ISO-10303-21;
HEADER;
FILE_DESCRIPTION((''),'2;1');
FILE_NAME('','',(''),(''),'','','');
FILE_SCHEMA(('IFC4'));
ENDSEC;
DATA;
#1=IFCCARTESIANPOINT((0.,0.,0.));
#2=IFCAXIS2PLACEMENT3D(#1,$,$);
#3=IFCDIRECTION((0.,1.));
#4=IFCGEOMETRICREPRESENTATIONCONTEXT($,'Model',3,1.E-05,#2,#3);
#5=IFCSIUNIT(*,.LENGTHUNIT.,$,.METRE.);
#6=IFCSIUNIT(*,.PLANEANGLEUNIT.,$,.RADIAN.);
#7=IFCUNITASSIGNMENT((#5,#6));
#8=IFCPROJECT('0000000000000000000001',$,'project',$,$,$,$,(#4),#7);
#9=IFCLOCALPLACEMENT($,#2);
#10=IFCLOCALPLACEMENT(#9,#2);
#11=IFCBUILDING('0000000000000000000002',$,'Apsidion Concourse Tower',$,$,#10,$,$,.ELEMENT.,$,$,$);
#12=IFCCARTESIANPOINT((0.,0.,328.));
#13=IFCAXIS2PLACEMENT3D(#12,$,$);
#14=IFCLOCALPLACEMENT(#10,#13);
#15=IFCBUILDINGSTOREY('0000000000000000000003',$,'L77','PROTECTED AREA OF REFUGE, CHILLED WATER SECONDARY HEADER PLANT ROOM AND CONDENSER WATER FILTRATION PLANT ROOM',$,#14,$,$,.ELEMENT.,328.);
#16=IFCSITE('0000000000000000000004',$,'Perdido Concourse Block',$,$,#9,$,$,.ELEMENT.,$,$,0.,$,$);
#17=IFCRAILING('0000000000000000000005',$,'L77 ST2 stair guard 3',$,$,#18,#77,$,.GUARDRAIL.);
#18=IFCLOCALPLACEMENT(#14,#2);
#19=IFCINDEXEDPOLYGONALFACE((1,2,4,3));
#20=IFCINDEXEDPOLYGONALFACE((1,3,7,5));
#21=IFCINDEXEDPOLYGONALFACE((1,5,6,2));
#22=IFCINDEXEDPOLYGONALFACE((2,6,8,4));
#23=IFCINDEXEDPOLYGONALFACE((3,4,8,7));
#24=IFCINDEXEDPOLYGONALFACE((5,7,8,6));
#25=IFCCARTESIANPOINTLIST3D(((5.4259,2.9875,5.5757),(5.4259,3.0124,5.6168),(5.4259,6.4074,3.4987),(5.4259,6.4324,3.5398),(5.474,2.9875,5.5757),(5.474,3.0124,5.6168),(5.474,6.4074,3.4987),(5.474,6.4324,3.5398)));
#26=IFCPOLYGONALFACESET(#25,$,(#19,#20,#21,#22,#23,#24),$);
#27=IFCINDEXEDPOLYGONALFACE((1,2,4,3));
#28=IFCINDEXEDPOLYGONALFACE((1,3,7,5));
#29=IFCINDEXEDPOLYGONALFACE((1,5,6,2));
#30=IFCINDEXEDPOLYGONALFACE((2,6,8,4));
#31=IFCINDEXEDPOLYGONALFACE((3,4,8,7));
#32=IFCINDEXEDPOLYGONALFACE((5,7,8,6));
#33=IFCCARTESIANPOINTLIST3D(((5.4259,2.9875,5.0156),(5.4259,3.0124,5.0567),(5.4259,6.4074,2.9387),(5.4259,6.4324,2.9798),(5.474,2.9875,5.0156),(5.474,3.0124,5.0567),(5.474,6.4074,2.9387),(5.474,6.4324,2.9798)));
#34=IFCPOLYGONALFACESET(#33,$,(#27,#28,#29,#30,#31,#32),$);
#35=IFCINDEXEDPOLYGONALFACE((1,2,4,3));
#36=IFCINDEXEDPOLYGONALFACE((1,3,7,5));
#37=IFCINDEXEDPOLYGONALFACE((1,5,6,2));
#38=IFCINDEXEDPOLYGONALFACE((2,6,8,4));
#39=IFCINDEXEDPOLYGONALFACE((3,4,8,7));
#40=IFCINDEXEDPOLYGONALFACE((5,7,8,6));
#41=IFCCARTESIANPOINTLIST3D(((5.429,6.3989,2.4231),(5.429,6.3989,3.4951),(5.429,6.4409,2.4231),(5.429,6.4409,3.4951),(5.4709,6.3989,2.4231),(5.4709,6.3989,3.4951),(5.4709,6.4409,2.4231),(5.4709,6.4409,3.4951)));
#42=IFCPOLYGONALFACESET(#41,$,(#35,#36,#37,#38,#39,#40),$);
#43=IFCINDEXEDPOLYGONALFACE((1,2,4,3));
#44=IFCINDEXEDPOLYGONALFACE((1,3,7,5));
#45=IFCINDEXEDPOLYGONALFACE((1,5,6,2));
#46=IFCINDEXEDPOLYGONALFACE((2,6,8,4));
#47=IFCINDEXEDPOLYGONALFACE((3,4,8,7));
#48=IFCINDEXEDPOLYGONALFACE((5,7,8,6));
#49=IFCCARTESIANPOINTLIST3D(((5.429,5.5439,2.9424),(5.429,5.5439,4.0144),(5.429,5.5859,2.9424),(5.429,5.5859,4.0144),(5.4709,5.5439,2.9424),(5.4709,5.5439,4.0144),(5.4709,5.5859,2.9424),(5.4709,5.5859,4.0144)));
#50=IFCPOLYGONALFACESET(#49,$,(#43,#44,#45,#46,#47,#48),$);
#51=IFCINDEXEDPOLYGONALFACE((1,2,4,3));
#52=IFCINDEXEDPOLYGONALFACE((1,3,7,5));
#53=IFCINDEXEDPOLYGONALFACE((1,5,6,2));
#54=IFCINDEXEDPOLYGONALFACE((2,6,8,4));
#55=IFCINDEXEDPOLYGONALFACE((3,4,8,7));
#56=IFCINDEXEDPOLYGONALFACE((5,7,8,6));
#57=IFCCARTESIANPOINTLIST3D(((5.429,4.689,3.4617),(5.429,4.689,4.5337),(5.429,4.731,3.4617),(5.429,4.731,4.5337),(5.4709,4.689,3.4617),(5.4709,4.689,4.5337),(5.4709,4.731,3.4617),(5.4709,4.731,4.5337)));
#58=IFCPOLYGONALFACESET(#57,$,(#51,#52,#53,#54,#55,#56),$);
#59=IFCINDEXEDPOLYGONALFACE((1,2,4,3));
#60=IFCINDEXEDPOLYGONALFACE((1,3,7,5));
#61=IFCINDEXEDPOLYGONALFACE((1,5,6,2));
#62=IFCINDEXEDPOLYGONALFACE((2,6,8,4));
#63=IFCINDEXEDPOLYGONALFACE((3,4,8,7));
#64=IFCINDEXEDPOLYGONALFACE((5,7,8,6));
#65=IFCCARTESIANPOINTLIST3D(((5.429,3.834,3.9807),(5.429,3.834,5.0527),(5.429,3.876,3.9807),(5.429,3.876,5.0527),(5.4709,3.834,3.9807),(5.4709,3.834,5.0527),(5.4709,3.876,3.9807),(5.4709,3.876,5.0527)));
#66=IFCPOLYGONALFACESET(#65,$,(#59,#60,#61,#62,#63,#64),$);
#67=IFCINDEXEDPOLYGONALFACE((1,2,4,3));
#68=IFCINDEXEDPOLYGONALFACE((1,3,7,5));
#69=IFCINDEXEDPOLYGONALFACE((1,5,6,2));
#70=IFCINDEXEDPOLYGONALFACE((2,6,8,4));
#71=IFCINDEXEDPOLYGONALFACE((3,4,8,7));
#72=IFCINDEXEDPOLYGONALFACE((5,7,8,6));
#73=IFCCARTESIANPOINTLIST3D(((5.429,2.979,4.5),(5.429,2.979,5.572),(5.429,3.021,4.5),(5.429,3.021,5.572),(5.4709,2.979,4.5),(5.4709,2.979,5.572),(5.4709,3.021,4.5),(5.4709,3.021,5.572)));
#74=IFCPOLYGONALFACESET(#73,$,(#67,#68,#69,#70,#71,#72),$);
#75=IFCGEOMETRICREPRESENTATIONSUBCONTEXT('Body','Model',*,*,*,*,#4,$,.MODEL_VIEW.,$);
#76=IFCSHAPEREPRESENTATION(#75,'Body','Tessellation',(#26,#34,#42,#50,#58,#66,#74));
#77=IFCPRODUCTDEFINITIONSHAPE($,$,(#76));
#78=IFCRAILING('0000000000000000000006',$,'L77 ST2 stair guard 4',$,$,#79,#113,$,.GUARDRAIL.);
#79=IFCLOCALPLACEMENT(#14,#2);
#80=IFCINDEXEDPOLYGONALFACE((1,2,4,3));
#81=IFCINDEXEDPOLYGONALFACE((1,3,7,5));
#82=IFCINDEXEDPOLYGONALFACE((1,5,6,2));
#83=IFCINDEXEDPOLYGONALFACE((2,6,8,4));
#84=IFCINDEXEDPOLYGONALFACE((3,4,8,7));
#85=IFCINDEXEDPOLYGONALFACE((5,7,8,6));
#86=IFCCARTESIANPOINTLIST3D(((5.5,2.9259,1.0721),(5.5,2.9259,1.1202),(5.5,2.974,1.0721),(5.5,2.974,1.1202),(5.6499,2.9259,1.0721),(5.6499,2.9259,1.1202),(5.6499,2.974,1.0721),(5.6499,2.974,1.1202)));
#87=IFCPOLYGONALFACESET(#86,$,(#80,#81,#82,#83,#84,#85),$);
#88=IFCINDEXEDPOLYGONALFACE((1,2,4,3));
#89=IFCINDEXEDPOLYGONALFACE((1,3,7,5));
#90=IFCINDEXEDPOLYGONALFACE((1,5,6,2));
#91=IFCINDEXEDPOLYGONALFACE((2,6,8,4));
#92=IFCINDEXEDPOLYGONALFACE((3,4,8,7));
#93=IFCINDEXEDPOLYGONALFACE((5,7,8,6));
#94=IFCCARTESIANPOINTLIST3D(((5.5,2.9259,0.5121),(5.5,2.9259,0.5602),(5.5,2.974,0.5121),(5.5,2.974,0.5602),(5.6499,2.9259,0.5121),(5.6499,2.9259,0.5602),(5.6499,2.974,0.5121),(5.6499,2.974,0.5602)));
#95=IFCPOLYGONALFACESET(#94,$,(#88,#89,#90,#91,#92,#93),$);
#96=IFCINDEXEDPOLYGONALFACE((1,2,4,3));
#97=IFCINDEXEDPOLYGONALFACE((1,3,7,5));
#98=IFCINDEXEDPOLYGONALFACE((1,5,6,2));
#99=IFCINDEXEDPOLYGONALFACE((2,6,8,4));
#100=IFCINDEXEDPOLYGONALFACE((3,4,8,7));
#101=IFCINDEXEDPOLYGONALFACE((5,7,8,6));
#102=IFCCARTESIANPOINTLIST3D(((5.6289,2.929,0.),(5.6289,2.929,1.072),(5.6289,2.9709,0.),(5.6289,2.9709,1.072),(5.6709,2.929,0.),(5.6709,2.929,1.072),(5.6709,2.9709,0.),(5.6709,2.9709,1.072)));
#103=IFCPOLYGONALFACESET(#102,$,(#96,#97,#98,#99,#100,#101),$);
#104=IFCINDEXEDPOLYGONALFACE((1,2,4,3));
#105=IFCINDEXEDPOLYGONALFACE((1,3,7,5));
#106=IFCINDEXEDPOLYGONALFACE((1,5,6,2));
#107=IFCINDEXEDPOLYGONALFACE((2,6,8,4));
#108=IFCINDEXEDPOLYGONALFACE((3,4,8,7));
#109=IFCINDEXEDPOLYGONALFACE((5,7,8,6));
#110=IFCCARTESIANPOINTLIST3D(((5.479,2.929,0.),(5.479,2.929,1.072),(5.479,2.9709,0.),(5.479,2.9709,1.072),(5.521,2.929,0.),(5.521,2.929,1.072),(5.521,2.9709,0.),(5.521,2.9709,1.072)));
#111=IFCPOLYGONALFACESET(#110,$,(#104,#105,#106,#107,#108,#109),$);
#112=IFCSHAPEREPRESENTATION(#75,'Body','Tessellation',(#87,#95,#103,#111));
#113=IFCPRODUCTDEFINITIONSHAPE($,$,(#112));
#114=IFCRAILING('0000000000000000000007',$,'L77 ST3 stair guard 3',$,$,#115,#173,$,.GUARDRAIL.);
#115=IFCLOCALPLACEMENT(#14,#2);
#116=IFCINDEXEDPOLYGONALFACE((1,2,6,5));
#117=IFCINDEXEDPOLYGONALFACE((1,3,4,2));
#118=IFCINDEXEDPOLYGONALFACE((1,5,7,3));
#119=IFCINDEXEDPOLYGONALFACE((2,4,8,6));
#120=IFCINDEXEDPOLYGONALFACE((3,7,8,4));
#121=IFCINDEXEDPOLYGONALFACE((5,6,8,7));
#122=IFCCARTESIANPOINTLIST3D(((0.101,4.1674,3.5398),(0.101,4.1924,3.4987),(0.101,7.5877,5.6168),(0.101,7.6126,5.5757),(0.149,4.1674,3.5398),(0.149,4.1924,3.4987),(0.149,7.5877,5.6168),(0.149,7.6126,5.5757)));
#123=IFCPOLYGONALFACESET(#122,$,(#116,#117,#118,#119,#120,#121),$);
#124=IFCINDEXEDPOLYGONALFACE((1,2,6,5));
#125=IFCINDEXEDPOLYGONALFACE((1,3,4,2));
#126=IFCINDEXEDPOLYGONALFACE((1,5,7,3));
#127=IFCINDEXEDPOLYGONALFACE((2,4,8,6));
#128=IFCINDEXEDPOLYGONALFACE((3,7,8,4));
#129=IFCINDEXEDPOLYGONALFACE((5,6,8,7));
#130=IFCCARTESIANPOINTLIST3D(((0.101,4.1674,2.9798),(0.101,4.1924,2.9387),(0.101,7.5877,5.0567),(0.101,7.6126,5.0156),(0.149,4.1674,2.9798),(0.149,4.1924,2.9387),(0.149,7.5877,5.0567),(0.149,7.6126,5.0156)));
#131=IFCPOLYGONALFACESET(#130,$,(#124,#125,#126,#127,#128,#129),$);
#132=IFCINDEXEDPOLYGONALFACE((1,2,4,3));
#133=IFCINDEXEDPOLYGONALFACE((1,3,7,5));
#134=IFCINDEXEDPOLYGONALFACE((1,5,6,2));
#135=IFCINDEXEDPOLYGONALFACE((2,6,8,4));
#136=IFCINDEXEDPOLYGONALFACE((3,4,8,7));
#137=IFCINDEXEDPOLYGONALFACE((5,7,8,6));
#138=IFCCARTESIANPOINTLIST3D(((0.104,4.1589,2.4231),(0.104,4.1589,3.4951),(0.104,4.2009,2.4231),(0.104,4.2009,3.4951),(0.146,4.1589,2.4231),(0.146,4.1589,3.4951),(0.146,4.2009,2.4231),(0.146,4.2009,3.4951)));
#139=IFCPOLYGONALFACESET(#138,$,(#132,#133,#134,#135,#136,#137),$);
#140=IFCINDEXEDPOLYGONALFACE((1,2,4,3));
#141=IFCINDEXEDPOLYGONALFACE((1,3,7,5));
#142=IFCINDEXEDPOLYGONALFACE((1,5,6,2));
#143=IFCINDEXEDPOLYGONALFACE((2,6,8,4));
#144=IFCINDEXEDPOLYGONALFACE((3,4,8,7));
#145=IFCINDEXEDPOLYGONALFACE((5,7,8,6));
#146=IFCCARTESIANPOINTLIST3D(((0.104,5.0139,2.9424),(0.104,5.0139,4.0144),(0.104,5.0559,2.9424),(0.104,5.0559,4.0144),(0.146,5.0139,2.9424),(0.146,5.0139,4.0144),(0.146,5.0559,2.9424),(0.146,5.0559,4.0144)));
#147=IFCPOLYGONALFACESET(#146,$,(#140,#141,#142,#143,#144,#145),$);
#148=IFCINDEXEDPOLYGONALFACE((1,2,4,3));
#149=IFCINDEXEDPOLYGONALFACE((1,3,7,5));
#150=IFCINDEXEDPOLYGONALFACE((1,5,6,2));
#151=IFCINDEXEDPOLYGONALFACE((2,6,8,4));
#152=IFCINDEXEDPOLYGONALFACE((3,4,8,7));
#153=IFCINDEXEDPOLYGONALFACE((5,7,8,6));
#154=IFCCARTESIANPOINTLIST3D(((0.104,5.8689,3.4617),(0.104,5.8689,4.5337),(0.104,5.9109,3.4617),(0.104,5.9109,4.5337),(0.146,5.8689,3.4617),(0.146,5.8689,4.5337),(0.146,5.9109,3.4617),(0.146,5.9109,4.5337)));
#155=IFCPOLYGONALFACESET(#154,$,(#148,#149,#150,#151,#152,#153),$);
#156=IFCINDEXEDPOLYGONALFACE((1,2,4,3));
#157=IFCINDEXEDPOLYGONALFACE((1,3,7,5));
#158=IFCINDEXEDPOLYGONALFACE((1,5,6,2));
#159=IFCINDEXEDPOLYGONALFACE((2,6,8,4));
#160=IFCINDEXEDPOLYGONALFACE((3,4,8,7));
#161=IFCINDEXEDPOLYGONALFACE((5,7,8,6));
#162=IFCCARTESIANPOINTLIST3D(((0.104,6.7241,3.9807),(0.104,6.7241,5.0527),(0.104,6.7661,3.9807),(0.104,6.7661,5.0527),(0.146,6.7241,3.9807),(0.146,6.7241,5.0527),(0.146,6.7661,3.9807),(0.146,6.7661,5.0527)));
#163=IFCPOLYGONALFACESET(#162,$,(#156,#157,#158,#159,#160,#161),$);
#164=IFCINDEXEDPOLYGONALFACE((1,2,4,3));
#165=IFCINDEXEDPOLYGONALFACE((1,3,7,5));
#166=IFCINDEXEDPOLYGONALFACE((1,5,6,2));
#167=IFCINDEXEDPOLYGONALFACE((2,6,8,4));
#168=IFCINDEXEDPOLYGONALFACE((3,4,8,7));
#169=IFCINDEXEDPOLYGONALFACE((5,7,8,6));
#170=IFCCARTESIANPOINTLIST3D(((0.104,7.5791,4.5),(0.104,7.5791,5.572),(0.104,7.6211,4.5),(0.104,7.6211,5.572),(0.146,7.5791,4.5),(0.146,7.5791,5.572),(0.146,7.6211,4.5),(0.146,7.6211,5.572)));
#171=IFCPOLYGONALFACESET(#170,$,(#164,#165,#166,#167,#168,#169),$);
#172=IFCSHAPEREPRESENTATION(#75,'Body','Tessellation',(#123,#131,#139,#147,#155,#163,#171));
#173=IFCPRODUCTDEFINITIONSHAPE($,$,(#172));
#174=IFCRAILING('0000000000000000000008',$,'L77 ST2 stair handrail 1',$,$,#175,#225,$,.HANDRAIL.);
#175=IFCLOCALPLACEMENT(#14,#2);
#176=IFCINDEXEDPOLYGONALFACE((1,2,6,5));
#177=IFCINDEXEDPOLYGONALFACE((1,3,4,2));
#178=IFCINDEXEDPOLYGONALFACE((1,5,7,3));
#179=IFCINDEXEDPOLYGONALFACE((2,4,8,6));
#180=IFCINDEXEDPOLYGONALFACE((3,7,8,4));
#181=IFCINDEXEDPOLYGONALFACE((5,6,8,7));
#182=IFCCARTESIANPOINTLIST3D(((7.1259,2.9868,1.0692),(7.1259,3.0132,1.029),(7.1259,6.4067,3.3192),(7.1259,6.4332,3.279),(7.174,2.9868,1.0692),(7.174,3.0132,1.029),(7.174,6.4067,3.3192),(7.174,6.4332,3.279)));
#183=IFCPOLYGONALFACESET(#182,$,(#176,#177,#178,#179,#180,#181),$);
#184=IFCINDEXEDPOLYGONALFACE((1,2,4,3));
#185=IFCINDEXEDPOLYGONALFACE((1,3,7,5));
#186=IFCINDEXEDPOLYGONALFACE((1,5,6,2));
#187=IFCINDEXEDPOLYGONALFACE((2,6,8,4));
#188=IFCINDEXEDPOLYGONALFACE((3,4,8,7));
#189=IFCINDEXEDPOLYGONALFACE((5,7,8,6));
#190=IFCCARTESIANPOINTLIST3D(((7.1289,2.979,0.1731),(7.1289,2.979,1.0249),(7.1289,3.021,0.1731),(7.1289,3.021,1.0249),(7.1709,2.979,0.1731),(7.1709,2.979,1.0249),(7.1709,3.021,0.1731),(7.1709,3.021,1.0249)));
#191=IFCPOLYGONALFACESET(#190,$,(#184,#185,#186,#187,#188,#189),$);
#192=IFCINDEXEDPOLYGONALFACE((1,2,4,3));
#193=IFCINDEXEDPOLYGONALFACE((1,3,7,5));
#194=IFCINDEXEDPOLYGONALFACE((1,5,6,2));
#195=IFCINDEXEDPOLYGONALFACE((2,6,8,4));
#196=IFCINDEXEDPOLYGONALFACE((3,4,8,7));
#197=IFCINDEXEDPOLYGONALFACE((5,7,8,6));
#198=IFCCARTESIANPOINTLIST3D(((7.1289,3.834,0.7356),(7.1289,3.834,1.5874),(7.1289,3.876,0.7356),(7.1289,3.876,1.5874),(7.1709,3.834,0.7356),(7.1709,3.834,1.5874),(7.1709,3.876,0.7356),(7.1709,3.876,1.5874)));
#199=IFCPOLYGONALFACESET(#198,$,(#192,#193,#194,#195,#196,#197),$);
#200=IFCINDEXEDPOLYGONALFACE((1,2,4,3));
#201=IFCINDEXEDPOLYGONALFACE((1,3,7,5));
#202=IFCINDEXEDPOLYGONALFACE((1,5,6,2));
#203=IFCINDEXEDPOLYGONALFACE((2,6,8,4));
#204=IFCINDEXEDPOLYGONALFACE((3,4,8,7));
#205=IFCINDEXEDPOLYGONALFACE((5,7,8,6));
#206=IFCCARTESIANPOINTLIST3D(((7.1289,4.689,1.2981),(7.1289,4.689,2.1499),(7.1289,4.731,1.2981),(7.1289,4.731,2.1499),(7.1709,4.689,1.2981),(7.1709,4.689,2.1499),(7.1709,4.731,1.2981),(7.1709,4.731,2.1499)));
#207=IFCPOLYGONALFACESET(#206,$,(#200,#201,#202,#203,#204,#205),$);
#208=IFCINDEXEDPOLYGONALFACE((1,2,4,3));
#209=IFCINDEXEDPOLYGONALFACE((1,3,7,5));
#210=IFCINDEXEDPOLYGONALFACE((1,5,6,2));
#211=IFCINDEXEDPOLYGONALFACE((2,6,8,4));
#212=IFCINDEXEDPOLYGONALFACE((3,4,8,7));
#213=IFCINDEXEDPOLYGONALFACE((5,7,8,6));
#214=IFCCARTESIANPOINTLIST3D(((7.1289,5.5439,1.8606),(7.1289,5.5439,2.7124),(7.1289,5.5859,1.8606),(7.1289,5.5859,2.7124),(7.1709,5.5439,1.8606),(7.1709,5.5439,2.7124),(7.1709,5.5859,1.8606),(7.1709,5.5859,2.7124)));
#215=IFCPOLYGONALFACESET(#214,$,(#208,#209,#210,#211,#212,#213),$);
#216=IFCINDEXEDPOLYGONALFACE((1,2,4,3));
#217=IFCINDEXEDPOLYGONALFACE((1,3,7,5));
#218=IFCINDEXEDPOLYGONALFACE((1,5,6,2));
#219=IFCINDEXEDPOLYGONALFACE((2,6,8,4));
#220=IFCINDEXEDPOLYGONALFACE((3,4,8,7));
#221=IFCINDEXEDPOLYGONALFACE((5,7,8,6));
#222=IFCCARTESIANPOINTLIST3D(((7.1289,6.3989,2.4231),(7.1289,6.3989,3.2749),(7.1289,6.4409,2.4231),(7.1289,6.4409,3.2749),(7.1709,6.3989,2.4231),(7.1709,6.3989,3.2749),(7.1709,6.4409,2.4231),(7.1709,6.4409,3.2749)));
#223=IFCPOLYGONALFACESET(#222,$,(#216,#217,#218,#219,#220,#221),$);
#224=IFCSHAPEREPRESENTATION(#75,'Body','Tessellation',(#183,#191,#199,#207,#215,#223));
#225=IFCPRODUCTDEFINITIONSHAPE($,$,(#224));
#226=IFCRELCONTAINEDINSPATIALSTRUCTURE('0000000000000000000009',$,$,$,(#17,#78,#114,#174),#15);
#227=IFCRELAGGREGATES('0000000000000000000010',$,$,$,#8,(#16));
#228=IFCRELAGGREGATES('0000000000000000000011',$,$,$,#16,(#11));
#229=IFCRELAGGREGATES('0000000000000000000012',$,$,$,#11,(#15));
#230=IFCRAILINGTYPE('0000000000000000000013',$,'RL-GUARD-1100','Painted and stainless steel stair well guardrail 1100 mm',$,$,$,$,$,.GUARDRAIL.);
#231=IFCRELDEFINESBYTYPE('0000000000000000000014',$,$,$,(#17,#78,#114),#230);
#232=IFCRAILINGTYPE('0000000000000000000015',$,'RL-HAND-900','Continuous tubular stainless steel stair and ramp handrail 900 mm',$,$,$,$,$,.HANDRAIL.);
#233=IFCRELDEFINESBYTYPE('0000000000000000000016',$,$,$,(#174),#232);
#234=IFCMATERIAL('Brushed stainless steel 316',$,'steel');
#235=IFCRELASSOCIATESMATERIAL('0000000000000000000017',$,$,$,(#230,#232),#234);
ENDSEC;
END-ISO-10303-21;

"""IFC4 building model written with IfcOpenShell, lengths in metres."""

from ifc_helpers import new_model, si_unit, direction, frame, origin, origin_2d, place, context, subcontext, project, spatial, rectangle, extrude, material, type_object, element, save


model = new_model("IFC4")

# Units and contexts
model_context = context("Model", 3, precision=1e-05, world=origin(), true_north=direction((0.0, 1.0)))
body_context = subcontext(model_context, "Body", "Model", "MODEL_VIEW")
ifc_project = project(units=[si_unit("LENGTHUNIT", "METRE"), si_unit("PLANEANGLEUNIT", "RADIAN")], contexts=[model_context])

# Site, building, storey
site_placement = place(None, origin())
site = spatial("IfcSite", under=ifc_project, at=site_placement, Name="Perdido Concourse Block", CompositionType="ELEMENT", RefElevation=0.0)
building_placement = place(site_placement, origin())
building = spatial("IfcBuilding", under=site, at=building_placement, Name="Apsidion Concourse Tower", CompositionType="ELEMENT")
storey_placement = place(building_placement, frame((0.0, 0.0, 328.0)))
storey = spatial("IfcBuildingStorey", under=building, at=storey_placement, Name="L77", Description="PROTECTED AREA OF REFUGE, CHILLED WATER SECONDARY HEADER PLANT ROOM AND CONDENSER WATER FILTRATION PLANT ROOM", CompositionType="ELEMENT", Elevation=328.0)

# Railings
ifc_material_1 = material(Name="Brushed stainless steel 316", Category="steel")
railing_type_1 = type_object("IfcRailingType", Name="RL-GUARD-1100", Description="Painted and stainless steel stair well guardrail 1100 mm", PredefinedType="GUARDRAIL", material=ifc_material_1)
railing_1_placement = place(storey_placement, frame((5.45, 6.4199, 2.4231)))
element("IfcRailing", 1, at=railing_1_placement, inside=storey, type_object=railing_type_1, Name="L77 ST2 stair guard 3", PredefinedType="GUARDRAIL", context=body_context, shape_type="SweptSolid", body=[
    extrude(rectangle(XDim=0.0481, YDim=0.0481, at=origin_2d()), frame((0.0, 0.0, 1.0962), z_axis=(0.0, -0.85473, 0.519074), x_axis=(1.0, 0.0, 0.0)), (0.0, 0.0, 1.0), 4.0012),
    extrude(rectangle(XDim=0.0481, YDim=0.0481, at=origin_2d()), frame((0.0, 0.0, 0.5361), z_axis=(0.0, -0.85473, 0.519074), x_axis=(1.0, 0.0, 0.0)), (0.0, 0.0, 1.0), 4.0012),
    extrude(rectangle(XDim=0.042, YDim=0.042, at=origin_2d()), origin(), (0.0, 0.0, 1.0), 1.072),
    extrude(rectangle(XDim=0.042, YDim=0.042, at=origin_2d()), frame((0.0, -0.855, 0.5193)), (0.0, 0.0, 1.0), 1.072),
    extrude(rectangle(XDim=0.042, YDim=0.042, at=origin_2d()), frame((0.0, -1.71, 1.0386)), (0.0, 0.0, 1.0), 1.072),
    extrude(rectangle(XDim=0.042, YDim=0.042, at=origin_2d()), frame((0.0, -2.5649, 1.5576)), (0.0, 0.0, 1.0), 1.072),
    extrude(rectangle(XDim=0.042, YDim=0.042, at=origin_2d()), frame((0.0, -3.4199, 2.0769)), (0.0, 0.0, 1.0), 1.072),
])
railing_2_placement = place(storey_placement, frame((5.6499, 2.95, 0.0)))
element("IfcRailing", 2, at=railing_2_placement, inside=storey, type_object=railing_type_1, Name="L77 ST2 stair guard 4", PredefinedType="GUARDRAIL", context=body_context, shape_type="SweptSolid", body=[
    extrude(rectangle(XDim=0.0481, YDim=0.0481, at=origin_2d()), frame((0.0, 0.0, 1.0962), z_axis=(-1.0, 0.0, 0.0), x_axis=(0.0, -1.0, 0.0)), (0.0, 0.0, 1.0), 0.1499),
    extrude(rectangle(XDim=0.0481, YDim=0.0481, at=origin_2d()), frame((0.0, 0.0, 0.5361), z_axis=(-1.0, 0.0, 0.0), x_axis=(0.0, -1.0, 0.0)), (0.0, 0.0, 1.0), 0.1499),
    extrude(rectangle(XDim=0.042, YDim=0.042, at=origin_2d()), origin(), (0.0, 0.0, 1.0), 1.072),
    extrude(rectangle(XDim=0.042, YDim=0.042, at=origin_2d()), frame((-0.1499, 0.0, 0.0)), (0.0, 0.0, 1.0), 1.072),
])
railing_3_placement = place(storey_placement, frame((0.125, 4.1799, 2.4231)))
element("IfcRailing", 3, at=railing_3_placement, inside=storey, type_object=railing_type_1, Name="L77 ST3 stair guard 3", PredefinedType="GUARDRAIL", context=body_context, shape_type="SweptSolid", body=[
    extrude(rectangle(XDim=0.0481, YDim=0.0481, at=origin_2d()), frame((0.0, 0.0, 1.0962), z_axis=(0.0, 0.854746, 0.519047), x_axis=(-1.0, 0.0, 0.0)), (0.0, 0.0, 1.0), 4.0015),
    extrude(rectangle(XDim=0.0481, YDim=0.0481, at=origin_2d()), frame((0.0, 0.0, 0.5361), z_axis=(0.0, 0.854746, 0.519047), x_axis=(-1.0, 0.0, 0.0)), (0.0, 0.0, 1.0), 4.0015),
    extrude(rectangle(XDim=0.042, YDim=0.042, at=origin_2d()), origin(), (0.0, 0.0, 1.0), 1.072),
    extrude(rectangle(XDim=0.042, YDim=0.042, at=origin_2d()), frame((0.0, 0.855, 0.5193)), (0.0, 0.0, 1.0), 1.072),
    extrude(rectangle(XDim=0.042, YDim=0.042, at=origin_2d()), frame((0.0, 1.71, 1.0386)), (0.0, 0.0, 1.0), 1.072),
    extrude(rectangle(XDim=0.042, YDim=0.042, at=origin_2d()), frame((0.0, 2.5652, 1.5576)), (0.0, 0.0, 1.0), 1.072),
    extrude(rectangle(XDim=0.042, YDim=0.042, at=origin_2d()), frame((0.0, 3.4202, 2.0769)), (0.0, 0.0, 1.0), 1.072),
])
railing_type_2 = type_object("IfcRailingType", Name="RL-HAND-900", Description="Continuous tubular stainless steel stair and ramp handrail 900 mm", PredefinedType="HANDRAIL", material=ifc_material_1)
railing_4_placement = place(storey_placement, frame((7.1499, 3.0, 0.1731)))
element("IfcRailing", 4, at=railing_4_placement, inside=storey, type_object=railing_type_2, Name="L77 ST2 stair handrail 1", PredefinedType="HANDRAIL", context=body_context, shape_type="SweptSolid", body=[
    extrude(rectangle(XDim=0.0481, YDim=0.0481, at=origin_2d()), frame((0.0, 0.0, 0.876), z_axis=(0.0, 0.835411, 0.549625), x_axis=(-1.0, 0.0, 0.0)), (0.0, 0.0, 1.0), 4.0938),
    extrude(rectangle(XDim=0.042, YDim=0.042, at=origin_2d()), origin(), (0.0, 0.0, 1.0), 0.8518),
    extrude(rectangle(XDim=0.042, YDim=0.042, at=origin_2d()), frame((0.0, 0.855, 0.5625)), (0.0, 0.0, 1.0), 0.8518),
    extrude(rectangle(XDim=0.042, YDim=0.042, at=origin_2d()), frame((0.0, 1.71, 1.125)), (0.0, 0.0, 1.0), 0.8518),
    extrude(rectangle(XDim=0.042, YDim=0.042, at=origin_2d()), frame((0.0, 2.5649, 1.6875)), (0.0, 0.0, 1.0), 0.8518),
    extrude(rectangle(XDim=0.042, YDim=0.042, at=origin_2d()), frame((0.0, 3.4199, 2.25)), (0.0, 0.0, 1.0), 0.8518),
])

save(model, "model.ifc")
